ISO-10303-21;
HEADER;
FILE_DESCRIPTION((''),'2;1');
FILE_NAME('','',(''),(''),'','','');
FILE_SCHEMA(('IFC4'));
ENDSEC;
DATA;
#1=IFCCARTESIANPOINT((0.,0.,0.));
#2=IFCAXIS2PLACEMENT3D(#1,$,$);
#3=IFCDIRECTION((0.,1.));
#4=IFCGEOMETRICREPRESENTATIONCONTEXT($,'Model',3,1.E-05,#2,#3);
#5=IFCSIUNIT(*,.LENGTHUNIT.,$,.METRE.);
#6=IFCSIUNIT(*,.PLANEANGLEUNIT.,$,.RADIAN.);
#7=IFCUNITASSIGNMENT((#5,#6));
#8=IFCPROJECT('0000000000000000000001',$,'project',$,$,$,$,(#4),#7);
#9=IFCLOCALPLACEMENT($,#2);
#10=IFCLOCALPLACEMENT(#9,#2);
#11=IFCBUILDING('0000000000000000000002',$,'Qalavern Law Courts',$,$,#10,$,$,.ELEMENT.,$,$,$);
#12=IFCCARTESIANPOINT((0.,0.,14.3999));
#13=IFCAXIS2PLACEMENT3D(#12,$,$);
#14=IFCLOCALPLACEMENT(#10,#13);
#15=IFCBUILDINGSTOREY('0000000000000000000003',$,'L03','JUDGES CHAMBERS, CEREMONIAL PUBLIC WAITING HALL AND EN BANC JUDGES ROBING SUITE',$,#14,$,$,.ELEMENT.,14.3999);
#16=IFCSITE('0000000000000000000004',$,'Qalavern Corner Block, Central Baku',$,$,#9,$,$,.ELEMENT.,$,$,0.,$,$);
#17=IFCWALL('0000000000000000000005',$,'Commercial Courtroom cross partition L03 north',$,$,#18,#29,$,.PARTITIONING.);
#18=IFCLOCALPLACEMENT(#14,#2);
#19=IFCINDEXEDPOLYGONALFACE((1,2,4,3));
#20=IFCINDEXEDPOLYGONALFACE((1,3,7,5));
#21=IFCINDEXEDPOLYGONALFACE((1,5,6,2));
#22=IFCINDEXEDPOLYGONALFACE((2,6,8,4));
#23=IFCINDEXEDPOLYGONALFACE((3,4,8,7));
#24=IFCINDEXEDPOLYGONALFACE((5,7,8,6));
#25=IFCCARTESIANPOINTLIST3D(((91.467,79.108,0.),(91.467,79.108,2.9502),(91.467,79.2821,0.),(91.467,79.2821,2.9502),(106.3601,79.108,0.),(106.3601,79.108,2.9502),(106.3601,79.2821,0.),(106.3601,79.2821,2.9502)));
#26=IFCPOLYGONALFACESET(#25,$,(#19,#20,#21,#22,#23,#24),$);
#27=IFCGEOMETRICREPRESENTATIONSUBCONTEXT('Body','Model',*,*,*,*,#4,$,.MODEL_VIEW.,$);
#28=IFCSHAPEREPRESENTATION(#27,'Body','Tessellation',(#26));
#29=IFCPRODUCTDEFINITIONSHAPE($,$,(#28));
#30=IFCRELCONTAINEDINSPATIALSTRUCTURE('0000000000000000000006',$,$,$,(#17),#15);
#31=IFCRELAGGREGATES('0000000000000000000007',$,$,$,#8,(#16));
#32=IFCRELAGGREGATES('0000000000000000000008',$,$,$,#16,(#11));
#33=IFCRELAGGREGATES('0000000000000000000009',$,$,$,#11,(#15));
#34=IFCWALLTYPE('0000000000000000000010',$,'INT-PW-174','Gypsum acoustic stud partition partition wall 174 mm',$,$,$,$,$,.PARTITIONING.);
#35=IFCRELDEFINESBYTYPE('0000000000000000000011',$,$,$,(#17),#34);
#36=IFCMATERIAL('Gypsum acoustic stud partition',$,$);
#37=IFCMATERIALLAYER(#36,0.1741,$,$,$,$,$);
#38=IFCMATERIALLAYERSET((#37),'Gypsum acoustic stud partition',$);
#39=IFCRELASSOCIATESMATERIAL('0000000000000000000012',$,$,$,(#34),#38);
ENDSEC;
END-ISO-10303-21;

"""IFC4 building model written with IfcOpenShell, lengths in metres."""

from ifc_helpers import new_model, si_unit, direction, frame, frame_2d, origin, place, context, subcontext, project, spatial, rectangle, extrude, material, layer, layer_set, type_object, element, save


model = new_model("IFC4")

# Units and contexts
model_context = context("Model", 3, precision=1e-05, world=origin(), true_north=direction((0.0, 1.0)))
body_context = subcontext(model_context, "Body", "Model", "MODEL_VIEW")
ifc_project = project(units=[si_unit("LENGTHUNIT", "METRE"), si_unit("PLANEANGLEUNIT", "RADIAN")], contexts=[model_context])

# Site, building, storey
site_placement = place(None, origin())
site = spatial("IfcSite", under=ifc_project, at=site_placement, Name="Qalavern Corner Block, Central Baku", CompositionType="ELEMENT", RefElevation=0.0)
building_placement = place(site_placement, origin())
building = spatial("IfcBuilding", under=site, at=building_placement, Name="Qalavern Law Courts", CompositionType="ELEMENT")
storey_placement = place(building_placement, frame((0.0, 0.0, 14.3999)))
storey = spatial("IfcBuildingStorey", under=building, at=storey_placement, Name="L03", Description="JUDGES CHAMBERS, CEREMONIAL PUBLIC WAITING HALL AND EN BANC JUDGES ROBING SUITE", CompositionType="ELEMENT", Elevation=14.3999)

# Shared definitions
ifc_material_1 = material(Name="Gypsum acoustic stud partition")
ifc_layer_1 = layer(ifc_material_1, 0.1741)
ifc_layer_set_1 = layer_set([ifc_layer_1], Name="Gypsum acoustic stud partition")
wall_type_1 = type_object("IfcWallType", Name="INT-PW-174", Description="Gypsum acoustic stud partition partition wall 174 mm", PredefinedType="PARTITIONING", material=ifc_layer_set_1)

# Wall
wall_1_placement = place(storey_placement, frame((91.467, 79.1951, 0.0), z_axis=(0.0, 0.0, 1.0), x_axis=(1.0, 0.0, 0.0)))
element("IfcWall", 1, at=wall_1_placement, inside=storey, type_object=wall_type_1, Name="Commercial Courtroom cross partition L03 north", PredefinedType="PARTITIONING", context=body_context, shape_type="SweptSolid", body=[
    extrude(rectangle(XDim=14.8931, YDim=0.1741, at=frame_2d((7.4465, 0.0))), origin(), (0.0, 0.0, 1.0), 2.9502),
])

save(model, "model.ifc")
